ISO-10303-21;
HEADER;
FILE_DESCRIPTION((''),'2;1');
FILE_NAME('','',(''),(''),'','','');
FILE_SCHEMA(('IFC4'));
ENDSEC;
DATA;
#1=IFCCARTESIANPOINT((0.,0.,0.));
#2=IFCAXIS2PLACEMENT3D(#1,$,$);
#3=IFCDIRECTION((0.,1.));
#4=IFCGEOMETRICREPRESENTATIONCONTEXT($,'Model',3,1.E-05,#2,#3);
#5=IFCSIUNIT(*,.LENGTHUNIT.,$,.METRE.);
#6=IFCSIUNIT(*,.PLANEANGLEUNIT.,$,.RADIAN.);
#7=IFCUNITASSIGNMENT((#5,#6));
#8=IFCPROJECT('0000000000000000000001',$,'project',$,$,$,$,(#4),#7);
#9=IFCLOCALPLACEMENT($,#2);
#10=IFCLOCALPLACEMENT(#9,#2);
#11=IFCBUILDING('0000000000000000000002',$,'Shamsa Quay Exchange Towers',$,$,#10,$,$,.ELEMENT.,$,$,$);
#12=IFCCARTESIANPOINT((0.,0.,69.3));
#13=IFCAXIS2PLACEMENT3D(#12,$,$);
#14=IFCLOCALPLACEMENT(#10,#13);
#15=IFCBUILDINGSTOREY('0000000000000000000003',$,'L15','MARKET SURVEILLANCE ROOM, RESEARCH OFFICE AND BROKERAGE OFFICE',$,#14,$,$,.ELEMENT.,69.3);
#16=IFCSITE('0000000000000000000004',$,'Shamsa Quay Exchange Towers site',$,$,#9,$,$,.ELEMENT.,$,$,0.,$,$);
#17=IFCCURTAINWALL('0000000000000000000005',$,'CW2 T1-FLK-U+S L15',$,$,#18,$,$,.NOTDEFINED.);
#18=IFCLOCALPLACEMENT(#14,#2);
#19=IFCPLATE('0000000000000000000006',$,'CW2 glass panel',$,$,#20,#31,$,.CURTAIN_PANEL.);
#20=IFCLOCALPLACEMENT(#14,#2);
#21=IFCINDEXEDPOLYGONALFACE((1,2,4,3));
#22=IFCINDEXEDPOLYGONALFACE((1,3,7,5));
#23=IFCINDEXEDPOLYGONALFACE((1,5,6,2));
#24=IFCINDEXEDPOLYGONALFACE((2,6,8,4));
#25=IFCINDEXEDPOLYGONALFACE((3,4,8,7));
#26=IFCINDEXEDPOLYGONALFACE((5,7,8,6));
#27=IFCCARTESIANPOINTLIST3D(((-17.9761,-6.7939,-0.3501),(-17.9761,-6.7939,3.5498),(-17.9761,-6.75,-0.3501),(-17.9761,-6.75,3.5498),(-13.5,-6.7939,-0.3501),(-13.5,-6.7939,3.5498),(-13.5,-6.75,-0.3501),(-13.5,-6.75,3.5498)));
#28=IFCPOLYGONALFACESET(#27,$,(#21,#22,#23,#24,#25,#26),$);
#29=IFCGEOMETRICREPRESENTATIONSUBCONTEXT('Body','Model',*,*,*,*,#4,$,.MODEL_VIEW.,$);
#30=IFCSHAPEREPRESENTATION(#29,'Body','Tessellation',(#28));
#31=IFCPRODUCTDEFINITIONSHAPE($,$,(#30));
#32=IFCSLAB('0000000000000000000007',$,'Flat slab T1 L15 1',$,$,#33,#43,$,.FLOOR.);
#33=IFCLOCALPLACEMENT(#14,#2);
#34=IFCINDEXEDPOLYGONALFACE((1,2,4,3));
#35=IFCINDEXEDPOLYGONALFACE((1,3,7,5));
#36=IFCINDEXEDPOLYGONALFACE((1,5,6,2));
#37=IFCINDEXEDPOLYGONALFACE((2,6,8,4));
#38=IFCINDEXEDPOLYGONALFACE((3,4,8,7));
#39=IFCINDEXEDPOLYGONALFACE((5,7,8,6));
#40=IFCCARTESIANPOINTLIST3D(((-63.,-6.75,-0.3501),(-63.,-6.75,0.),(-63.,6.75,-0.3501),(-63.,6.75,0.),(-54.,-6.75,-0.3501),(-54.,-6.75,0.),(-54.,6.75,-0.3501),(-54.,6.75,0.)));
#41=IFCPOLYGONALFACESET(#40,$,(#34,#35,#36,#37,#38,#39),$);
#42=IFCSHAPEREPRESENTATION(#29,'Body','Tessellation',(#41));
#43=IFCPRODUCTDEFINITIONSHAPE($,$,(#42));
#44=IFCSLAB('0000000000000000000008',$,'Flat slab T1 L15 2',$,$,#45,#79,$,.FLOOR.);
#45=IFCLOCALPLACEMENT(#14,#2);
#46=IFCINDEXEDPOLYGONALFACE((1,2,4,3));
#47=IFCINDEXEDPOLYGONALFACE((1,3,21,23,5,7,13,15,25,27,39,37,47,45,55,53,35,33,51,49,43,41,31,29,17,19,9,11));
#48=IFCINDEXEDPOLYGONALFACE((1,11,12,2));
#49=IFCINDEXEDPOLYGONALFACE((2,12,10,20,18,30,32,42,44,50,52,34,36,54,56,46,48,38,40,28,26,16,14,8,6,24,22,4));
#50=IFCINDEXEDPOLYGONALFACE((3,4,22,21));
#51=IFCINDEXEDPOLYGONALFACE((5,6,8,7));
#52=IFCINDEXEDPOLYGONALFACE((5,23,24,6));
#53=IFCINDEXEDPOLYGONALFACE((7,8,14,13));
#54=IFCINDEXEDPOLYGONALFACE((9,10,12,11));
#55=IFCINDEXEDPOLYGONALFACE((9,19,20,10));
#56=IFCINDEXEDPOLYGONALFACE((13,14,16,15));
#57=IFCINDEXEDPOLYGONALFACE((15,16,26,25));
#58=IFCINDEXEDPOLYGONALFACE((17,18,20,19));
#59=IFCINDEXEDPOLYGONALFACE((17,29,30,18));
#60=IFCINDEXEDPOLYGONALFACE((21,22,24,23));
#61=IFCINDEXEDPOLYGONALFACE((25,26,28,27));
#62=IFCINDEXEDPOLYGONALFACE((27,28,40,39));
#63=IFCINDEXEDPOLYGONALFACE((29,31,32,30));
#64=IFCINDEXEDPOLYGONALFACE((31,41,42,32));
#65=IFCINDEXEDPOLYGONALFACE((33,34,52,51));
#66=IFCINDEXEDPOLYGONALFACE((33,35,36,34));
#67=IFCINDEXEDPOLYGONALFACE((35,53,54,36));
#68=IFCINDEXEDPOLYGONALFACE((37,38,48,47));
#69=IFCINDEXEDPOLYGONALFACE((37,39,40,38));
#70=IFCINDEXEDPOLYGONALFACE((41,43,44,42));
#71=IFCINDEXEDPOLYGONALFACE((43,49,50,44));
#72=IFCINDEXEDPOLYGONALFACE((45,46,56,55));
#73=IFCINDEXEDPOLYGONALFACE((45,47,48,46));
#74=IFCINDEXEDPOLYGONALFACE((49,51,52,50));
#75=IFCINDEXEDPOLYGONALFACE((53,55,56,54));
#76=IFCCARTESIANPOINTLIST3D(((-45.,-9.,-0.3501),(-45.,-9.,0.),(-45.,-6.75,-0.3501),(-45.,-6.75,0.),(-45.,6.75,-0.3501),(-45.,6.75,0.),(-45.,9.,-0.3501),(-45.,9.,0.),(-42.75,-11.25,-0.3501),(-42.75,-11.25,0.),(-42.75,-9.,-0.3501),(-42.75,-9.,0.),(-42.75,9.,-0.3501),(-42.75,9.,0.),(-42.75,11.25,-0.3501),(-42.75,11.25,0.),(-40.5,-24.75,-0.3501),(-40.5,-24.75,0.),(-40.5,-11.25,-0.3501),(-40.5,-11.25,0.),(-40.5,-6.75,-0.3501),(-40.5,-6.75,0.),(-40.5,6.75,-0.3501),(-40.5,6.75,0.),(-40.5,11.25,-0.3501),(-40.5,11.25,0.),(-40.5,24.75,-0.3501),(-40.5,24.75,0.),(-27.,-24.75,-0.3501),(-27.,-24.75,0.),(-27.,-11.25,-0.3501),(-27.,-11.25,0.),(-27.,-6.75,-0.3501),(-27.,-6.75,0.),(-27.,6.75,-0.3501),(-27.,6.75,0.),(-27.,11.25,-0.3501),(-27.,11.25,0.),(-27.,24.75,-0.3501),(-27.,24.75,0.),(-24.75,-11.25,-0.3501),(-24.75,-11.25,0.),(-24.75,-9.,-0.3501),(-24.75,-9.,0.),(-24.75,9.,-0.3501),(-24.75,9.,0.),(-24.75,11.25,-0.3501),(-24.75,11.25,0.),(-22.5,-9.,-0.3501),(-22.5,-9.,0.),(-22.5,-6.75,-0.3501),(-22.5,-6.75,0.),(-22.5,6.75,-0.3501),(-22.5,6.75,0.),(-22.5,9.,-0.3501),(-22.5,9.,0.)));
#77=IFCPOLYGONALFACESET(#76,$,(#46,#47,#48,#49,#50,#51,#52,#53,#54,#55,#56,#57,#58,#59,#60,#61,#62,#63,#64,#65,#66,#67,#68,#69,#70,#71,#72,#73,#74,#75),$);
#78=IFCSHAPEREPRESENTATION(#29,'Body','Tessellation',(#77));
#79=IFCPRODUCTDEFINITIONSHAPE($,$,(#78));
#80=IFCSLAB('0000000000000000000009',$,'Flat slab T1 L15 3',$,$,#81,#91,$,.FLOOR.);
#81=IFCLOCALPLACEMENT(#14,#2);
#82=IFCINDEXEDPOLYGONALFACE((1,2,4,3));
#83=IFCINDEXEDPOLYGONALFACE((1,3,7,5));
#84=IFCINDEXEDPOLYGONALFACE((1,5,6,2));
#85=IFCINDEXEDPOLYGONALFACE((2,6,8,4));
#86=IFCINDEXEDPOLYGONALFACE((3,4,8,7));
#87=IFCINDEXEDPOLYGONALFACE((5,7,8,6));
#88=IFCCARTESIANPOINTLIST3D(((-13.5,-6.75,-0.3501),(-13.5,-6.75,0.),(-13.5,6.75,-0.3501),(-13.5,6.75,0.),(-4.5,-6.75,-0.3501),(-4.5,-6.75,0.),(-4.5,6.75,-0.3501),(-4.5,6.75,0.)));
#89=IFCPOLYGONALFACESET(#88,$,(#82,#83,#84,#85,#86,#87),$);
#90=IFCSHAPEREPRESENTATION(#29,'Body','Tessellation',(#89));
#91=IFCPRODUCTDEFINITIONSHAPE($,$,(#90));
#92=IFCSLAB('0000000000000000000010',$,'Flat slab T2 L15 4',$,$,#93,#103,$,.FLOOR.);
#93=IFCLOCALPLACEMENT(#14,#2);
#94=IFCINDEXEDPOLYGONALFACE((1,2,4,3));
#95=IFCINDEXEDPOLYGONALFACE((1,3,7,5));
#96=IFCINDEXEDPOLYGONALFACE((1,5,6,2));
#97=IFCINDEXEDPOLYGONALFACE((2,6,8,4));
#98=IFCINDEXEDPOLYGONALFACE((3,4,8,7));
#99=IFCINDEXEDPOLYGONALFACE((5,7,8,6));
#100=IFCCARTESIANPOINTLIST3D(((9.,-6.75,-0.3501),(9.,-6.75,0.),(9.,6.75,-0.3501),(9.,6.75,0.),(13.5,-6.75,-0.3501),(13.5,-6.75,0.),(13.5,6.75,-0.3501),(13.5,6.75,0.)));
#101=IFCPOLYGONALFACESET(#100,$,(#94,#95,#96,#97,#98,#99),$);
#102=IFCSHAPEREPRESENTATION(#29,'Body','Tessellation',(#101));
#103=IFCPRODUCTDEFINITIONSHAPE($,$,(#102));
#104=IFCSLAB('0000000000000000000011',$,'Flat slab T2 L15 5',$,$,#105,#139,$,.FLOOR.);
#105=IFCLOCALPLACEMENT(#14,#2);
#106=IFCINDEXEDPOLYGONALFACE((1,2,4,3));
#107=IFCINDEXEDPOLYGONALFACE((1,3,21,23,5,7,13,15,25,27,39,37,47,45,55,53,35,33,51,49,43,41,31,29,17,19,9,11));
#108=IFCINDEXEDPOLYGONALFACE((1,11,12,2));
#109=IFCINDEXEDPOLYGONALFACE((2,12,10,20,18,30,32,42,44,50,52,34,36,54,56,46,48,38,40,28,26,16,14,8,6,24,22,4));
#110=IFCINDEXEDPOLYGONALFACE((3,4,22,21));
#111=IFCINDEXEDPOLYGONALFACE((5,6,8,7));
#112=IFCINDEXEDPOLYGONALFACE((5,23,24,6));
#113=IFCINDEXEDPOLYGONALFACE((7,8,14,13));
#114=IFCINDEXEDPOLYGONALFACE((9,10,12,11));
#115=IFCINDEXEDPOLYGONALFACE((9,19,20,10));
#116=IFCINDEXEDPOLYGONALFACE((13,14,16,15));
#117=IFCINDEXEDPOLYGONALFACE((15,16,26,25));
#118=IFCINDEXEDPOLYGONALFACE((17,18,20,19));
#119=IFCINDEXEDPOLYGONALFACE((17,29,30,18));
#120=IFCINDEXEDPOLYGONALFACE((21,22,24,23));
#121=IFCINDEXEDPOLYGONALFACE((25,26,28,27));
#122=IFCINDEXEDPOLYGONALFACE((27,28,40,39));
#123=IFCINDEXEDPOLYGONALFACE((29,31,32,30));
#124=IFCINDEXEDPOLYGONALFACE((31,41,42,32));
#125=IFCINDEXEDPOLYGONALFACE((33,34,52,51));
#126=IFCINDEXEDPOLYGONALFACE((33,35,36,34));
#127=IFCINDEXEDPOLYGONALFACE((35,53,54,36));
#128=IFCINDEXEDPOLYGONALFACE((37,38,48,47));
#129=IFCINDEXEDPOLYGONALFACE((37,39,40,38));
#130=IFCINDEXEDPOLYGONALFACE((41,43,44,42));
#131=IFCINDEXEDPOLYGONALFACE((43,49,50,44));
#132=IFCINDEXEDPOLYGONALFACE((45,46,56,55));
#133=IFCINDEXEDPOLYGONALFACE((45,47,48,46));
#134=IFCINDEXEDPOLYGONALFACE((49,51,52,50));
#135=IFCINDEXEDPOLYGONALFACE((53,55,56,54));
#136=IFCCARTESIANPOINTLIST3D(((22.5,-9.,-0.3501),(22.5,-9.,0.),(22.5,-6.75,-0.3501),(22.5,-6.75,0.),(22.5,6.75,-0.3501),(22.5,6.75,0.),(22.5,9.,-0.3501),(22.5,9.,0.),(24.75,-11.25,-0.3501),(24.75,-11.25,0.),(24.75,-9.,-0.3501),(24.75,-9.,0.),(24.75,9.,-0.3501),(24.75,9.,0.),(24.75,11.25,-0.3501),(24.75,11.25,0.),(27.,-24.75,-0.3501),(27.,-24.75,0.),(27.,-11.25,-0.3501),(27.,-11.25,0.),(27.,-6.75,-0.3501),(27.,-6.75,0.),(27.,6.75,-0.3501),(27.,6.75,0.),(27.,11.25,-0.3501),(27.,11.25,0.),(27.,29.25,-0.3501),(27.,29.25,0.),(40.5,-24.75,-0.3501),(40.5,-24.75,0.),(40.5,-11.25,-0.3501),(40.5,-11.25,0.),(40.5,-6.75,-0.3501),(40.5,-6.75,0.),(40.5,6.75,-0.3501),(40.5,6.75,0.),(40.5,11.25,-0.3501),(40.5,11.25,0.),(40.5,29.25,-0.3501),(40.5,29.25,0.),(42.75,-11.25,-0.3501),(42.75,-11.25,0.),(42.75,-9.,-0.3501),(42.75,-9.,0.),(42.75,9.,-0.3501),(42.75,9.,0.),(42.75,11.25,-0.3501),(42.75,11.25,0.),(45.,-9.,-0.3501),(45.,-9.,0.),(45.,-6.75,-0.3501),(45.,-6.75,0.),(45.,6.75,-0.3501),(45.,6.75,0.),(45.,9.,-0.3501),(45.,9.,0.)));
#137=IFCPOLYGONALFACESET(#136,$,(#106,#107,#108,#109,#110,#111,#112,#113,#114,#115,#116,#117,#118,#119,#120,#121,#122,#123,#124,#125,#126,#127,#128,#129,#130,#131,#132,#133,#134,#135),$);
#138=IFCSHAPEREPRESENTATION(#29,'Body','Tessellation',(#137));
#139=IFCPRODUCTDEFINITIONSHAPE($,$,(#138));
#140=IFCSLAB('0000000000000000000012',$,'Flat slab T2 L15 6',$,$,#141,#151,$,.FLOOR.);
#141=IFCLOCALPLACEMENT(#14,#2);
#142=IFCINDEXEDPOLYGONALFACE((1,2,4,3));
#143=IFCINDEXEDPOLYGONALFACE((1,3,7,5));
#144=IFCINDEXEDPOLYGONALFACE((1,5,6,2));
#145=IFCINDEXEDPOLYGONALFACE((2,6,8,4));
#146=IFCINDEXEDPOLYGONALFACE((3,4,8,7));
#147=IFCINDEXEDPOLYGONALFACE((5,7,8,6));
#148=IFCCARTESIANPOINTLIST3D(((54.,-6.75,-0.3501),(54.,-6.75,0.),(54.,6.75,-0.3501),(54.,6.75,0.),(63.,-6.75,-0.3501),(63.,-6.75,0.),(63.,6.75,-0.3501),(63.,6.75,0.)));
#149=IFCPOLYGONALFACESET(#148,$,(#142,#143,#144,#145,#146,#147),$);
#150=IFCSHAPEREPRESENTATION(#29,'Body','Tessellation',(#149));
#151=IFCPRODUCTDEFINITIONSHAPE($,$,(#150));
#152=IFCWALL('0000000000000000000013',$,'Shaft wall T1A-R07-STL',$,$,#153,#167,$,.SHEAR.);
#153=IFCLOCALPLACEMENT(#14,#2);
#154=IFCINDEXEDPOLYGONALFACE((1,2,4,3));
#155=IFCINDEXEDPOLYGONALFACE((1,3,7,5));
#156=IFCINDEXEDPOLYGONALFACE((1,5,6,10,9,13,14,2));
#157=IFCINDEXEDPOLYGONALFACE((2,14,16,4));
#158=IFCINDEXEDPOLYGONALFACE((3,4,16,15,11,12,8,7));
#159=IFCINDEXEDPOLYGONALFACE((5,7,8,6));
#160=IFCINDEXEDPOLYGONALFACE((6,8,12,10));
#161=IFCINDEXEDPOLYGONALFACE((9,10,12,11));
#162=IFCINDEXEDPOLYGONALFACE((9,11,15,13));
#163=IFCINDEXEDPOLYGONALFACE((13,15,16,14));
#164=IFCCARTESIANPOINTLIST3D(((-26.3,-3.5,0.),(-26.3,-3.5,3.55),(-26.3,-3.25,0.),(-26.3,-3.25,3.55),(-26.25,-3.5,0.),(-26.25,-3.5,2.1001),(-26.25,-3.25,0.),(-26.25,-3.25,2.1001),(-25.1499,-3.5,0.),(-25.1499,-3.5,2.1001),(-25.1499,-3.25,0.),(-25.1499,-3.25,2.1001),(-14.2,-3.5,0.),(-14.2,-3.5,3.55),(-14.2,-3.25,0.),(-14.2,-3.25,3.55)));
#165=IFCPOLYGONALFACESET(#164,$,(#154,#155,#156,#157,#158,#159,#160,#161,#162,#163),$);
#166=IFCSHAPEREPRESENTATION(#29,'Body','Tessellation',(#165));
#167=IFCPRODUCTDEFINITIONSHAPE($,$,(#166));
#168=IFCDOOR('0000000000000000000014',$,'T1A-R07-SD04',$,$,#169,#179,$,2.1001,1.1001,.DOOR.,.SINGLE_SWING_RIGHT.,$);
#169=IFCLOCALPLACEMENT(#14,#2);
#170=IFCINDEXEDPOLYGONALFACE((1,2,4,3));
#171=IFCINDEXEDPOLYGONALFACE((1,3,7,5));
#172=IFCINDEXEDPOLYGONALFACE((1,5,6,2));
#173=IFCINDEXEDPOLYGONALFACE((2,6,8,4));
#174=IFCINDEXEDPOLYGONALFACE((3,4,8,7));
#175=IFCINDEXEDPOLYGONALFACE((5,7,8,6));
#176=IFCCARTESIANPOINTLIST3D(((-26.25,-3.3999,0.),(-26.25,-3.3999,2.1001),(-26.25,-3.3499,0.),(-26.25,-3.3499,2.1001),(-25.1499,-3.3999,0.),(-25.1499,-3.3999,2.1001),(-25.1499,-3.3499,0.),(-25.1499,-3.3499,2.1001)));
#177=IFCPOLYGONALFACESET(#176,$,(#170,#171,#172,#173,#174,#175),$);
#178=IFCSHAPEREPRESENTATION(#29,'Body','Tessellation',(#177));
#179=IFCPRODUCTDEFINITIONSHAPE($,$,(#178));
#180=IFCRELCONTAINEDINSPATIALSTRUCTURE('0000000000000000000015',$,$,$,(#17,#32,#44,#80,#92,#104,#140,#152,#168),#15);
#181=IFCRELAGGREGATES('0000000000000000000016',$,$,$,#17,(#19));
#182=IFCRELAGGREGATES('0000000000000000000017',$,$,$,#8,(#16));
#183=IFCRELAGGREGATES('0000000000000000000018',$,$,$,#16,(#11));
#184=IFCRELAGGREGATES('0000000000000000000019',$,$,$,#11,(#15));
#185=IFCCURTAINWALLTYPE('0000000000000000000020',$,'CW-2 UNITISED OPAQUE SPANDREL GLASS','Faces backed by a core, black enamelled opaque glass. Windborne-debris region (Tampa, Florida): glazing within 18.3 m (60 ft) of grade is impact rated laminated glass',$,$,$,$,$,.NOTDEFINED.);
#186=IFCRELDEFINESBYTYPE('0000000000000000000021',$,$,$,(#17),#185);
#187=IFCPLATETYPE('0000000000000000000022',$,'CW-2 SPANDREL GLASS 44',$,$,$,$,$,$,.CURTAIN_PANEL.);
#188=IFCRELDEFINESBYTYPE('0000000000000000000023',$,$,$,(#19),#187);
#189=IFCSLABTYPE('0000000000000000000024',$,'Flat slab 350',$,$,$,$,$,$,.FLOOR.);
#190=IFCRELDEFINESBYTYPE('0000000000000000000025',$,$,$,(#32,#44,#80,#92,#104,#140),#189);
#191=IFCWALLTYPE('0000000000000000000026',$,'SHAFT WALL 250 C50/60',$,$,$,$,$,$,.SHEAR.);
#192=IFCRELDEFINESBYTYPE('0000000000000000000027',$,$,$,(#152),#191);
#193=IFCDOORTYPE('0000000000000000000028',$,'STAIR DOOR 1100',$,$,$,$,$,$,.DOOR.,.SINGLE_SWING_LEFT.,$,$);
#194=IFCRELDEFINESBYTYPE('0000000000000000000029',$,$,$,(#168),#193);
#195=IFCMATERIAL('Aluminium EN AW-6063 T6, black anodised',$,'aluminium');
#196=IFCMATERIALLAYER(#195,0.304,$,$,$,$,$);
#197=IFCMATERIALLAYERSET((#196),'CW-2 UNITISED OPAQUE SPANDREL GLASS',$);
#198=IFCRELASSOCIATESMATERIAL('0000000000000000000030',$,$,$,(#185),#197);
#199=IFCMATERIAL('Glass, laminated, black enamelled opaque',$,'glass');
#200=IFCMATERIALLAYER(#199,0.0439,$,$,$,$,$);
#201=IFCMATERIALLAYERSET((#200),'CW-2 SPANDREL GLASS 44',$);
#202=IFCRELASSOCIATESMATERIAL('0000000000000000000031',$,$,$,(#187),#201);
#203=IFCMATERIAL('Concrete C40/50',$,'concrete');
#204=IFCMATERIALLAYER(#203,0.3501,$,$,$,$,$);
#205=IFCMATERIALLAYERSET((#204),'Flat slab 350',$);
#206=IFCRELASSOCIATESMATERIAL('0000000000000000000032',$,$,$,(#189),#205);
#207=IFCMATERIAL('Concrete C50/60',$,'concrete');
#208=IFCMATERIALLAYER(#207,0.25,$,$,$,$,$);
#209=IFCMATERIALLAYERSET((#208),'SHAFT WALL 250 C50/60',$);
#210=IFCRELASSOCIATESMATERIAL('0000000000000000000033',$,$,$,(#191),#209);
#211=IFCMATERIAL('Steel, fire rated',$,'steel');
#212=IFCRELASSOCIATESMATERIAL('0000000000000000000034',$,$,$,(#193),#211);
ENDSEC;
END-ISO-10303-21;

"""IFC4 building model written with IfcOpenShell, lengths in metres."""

from ifc_helpers import new_model, si_unit, direction, frame, frame_2d, origin, origin_2d, place, context, subcontext, project, spatial, polyline, rectangle, outline, extrude, material, layer, layer_set, type_object, element, fill, aggregate, save


model = new_model("IFC4")

# Units and contexts
model_context = context("Model", 3, precision=1e-05, world=origin(), true_north=direction((0.0, 1.0)))
body_context = subcontext(model_context, "Body", "Model", "MODEL_VIEW")
ifc_project = project(units=[si_unit("LENGTHUNIT", "METRE"), si_unit("PLANEANGLEUNIT", "RADIAN")], contexts=[model_context])

# Site, building, storey
site_placement = place(None, origin())
site = spatial("IfcSite", under=ifc_project, at=site_placement, Name="Shamsa Quay Exchange Towers site", CompositionType="ELEMENT", RefElevation=0.0)
building_placement = place(site_placement, origin())
building = spatial("IfcBuilding", under=site, at=building_placement, Name="Shamsa Quay Exchange Towers", CompositionType="ELEMENT")
storey_placement = place(building_placement, frame((0.0, 0.0, 69.3)))
storey = spatial("IfcBuildingStorey", under=building, at=storey_placement, Name="L15", Description="MARKET SURVEILLANCE ROOM, RESEARCH OFFICE AND BROKERAGE OFFICE", CompositionType="ELEMENT", Elevation=69.3)

# Shared definitions
ifc_material_1 = material(Name="Aluminium EN AW-6063 T6, black anodised", Category="aluminium")

# Curtain wall, plate
ifc_layer_1 = layer(ifc_material_1, 0.304)
ifc_layer_set_1 = layer_set([ifc_layer_1], Name="CW-2 UNITISED OPAQUE SPANDREL GLASS")
curtain_wall_type_1 = type_object("IfcCurtainWallType", Name="CW-2 UNITISED OPAQUE SPANDREL GLASS", Description="Faces backed by a core, black enamelled opaque glass. Windborne-debris region (Tampa, Florida): glazing within 18.3 m (60 ft) of grade is impact rated laminated glass", PredefinedType="NOTDEFINED", material=ifc_layer_set_1)
curtain_wall_1_placement = place(storey_placement, origin())
curtain_wall_1 = element("IfcCurtainWall", 1, at=curtain_wall_1_placement, inside=storey, type_object=curtain_wall_type_1, Name="CW2 T1-FLK-U+S L15", PredefinedType="NOTDEFINED")
ifc_material_2 = material(Name="Glass, laminated, black enamelled opaque", Category="glass")
ifc_layer_2 = layer(ifc_material_2, 0.0439)
ifc_layer_set_2 = layer_set([ifc_layer_2], Name="CW-2 SPANDREL GLASS 44")
plate_type_1 = type_object("IfcPlateType", Name="CW-2 SPANDREL GLASS 44", PredefinedType="CURTAIN_PANEL", material=ifc_layer_set_2)
plate_1_placement = place(storey_placement, frame((-15.738, -6.772, -0.3501)))
plate_1 = element("IfcPlate", 2, at=plate_1_placement, type_object=plate_type_1, Name="CW2 glass panel", PredefinedType="CURTAIN_PANEL", context=body_context, shape_type="SweptSolid", body=[
    extrude(rectangle(XDim=4.4761, YDim=0.0439, at=origin_2d()), origin(), (0.0, 0.0, 1.0), 3.8999),
])
aggregate(curtain_wall_1, [plate_1])

# Slabs
ifc_material_3 = material(Name="Concrete C40/50", Category="concrete")
ifc_layer_3 = layer(ifc_material_3, 0.3501)
ifc_layer_set_3 = layer_set([ifc_layer_3], Name="Flat slab 350")
slab_type_1 = type_object("IfcSlabType", Name="Flat slab 350", PredefinedType="FLOOR", material=ifc_layer_set_3)
slab_1_placement = place(storey_placement, frame((0.0, 0.0, -0.3501)))
element("IfcSlab", 3, at=slab_1_placement, inside=storey, type_object=slab_type_1, Name="Flat slab T1 L15 1", PredefinedType="FLOOR", context=body_context, shape_type="SweptSolid", body=[
    extrude(outline(polyline([(-63.0, -6.75), (-54.0, -6.75), (-54.0, 6.75), (-63.0, 6.75), (-63.0, -6.75)])), origin(), (0.0, 0.0, 1.0), 0.3501),
])
slab_2_placement = place(storey_placement, frame((0.0, 0.0, -0.3501)))
element("IfcSlab", 4, at=slab_2_placement, inside=storey, type_object=slab_type_1, Name="Flat slab T1 L15 2", PredefinedType="FLOOR", context=body_context, shape_type="SweptSolid", body=[
    extrude(outline(polyline([(-22.5, -9.0), (-22.5, -6.75), (-27.0, -6.75), (-27.0, 6.75), (-22.5, 6.75), (-22.5, 9.0), (-24.75, 9.0), (-24.75, 11.25), (-27.0, 11.25), (-27.0, 24.75), (-40.5, 24.75), (-40.5, 11.25), (-42.75, 11.25), (-42.75, 9.0), (-45.0, 9.0), (-45.0, 6.75), (-40.5, 6.75), (-40.5, -6.75), (-45.0, -6.75), (-45.0, -9.0), (-42.75, -9.0), (-42.75, -11.25), (-40.5, -11.25), (-40.5, -24.75), (-27.0, -24.75), (-27.0, -11.25), (-24.75, -11.25), (-24.75, -9.0), (-22.5, -9.0)])), origin(), (0.0, 0.0, 1.0), 0.3501),
])
slab_3_placement = place(storey_placement, frame((0.0, 0.0, -0.3501)))
element("IfcSlab", 5, at=slab_3_placement, inside=storey, type_object=slab_type_1, Name="Flat slab T1 L15 3", PredefinedType="FLOOR", context=body_context, shape_type="SweptSolid", body=[
    extrude(outline(polyline([(-4.5, 6.75), (-13.5, 6.75), (-13.5, -6.75), (-4.5, -6.75), (-4.5, 6.75)])), origin(), (0.0, 0.0, 1.0), 0.3501),
])
slab_4_placement = place(storey_placement, frame((0.0, 0.0, -0.3501)))
element("IfcSlab", 6, at=slab_4_placement, inside=storey, type_object=slab_type_1, Name="Flat slab T2 L15 4", PredefinedType="FLOOR", context=body_context, shape_type="SweptSolid", body=[
    extrude(outline(polyline([(9.0, -6.75), (13.5, -6.75), (13.5, 6.75), (9.0, 6.75), (9.0, -6.75)])), origin(), (0.0, 0.0, 1.0), 0.3501),
])
slab_5_placement = place(storey_placement, frame((0.0, 0.0, -0.3501)))
element("IfcSlab", 7, at=slab_5_placement, inside=storey, type_object=slab_type_1, Name="Flat slab T2 L15 5", PredefinedType="FLOOR", context=body_context, shape_type="SweptSolid", body=[
    extrude(outline(polyline([(45.0, -9.0), (45.0, -6.75), (40.5, -6.75), (40.5, 6.75), (45.0, 6.75), (45.0, 9.0), (42.75, 9.0), (42.75, 11.25), (40.5, 11.25), (40.5, 29.25), (27.0, 29.25), (27.0, 11.25), (24.75, 11.25), (24.75, 9.0), (22.5, 9.0), (22.5, 6.75), (27.0, 6.75), (27.0, -6.75), (22.5, -6.75), (22.5, -9.0), (24.75, -9.0), (24.75, -11.25), (27.0, -11.25), (27.0, -24.75), (40.5, -24.75), (40.5, -11.25), (42.75, -11.25), (42.75, -9.0), (45.0, -9.0)])), origin(), (0.0, 0.0, 1.0), 0.3501),
])
slab_6_placement = place(storey_placement, frame((0.0, 0.0, -0.3501)))
element("IfcSlab", 8, at=slab_6_placement, inside=storey, type_object=slab_type_1, Name="Flat slab T2 L15 6", PredefinedType="FLOOR", context=body_context, shape_type="SweptSolid", body=[
    extrude(outline(polyline([(63.0, 6.75), (54.0, 6.75), (54.0, -6.75), (63.0, -6.75), (63.0, 6.75)])), origin(), (0.0, 0.0, 1.0), 0.3501),
])

# Wall, opening, door
ifc_material_4 = material(Name="Concrete C50/60", Category="concrete")
ifc_layer_4 = layer(ifc_material_4, 0.25)
ifc_layer_set_4 = layer_set([ifc_layer_4], Name="SHAFT WALL 250 C50/60")
wall_type = type_object("IfcWallType", Name="SHAFT WALL 250 C50/60", PredefinedType="SHEAR", material=ifc_layer_set_4)
wall_1_placement = place(storey_placement, frame((-14.2, -3.375, 0.0), z_axis=(0.0, 0.0, 1.0), x_axis=(-1.0, 0.0, 0.0)))
wall_1 = element("IfcWall", 9, at=wall_1_placement, inside=storey, type_object=wall_type, Name="Shaft wall T1A-R07-STL", PredefinedType="SHEAR", context=body_context, shape_type="SweptSolid", body=[
    extrude(rectangle(XDim=12.1001, YDim=0.25, at=frame_2d((6.05, 0.0))), origin(), (0.0, 0.0, 1.0), 3.55),
])
opening_1_placement = place(wall_1_placement, frame((10.95, 0.0, 0.0)))
opening_1 = element("IfcOpeningElement", 10, at=opening_1_placement, cuts=wall_1, PredefinedType="OPENING", context=body_context, shape_type="SweptSolid", body=[
    extrude(rectangle(XDim=1.1001, YDim=2.1001, at=frame_2d((0.55, 1.05))), frame((0.0, 0.135, 0.0), z_axis=(0.0, -1.0, 0.0), x_axis=(1.0, 0.0, 0.0)), (0.0, 0.0, 1.0), 0.27),
])
ifc_material_5 = material(Name="Steel, fire rated", Category="steel")
door_type_1 = type_object("IfcDoorType", Name="STAIR DOOR 1100", OperationType="SINGLE_SWING_LEFT", PredefinedType="DOOR", material=ifc_material_5)
door_1_placement = place(opening_1_placement, origin())
door_1 = element("IfcDoor", 11, at=door_1_placement, inside=storey, type_object=door_type_1, Name="T1A-R07-SD04", OperationType="SINGLE_SWING_RIGHT", OverallHeight=2.1001, OverallWidth=1.1001, PredefinedType="DOOR", context=body_context, shape_type="SweptSolid", body=[
    extrude(rectangle(XDim=1.1001, YDim=2.1001, at=frame_2d((0.55, 1.05))), frame((0.0, 0.0249, 0.0), z_axis=(0.0, -1.0, 0.0), x_axis=(1.0, 0.0, 0.0)), (0.0, 0.0, 1.0), 0.05),
])
fill(opening_1, door_1)

save(model, "model.ifc")
